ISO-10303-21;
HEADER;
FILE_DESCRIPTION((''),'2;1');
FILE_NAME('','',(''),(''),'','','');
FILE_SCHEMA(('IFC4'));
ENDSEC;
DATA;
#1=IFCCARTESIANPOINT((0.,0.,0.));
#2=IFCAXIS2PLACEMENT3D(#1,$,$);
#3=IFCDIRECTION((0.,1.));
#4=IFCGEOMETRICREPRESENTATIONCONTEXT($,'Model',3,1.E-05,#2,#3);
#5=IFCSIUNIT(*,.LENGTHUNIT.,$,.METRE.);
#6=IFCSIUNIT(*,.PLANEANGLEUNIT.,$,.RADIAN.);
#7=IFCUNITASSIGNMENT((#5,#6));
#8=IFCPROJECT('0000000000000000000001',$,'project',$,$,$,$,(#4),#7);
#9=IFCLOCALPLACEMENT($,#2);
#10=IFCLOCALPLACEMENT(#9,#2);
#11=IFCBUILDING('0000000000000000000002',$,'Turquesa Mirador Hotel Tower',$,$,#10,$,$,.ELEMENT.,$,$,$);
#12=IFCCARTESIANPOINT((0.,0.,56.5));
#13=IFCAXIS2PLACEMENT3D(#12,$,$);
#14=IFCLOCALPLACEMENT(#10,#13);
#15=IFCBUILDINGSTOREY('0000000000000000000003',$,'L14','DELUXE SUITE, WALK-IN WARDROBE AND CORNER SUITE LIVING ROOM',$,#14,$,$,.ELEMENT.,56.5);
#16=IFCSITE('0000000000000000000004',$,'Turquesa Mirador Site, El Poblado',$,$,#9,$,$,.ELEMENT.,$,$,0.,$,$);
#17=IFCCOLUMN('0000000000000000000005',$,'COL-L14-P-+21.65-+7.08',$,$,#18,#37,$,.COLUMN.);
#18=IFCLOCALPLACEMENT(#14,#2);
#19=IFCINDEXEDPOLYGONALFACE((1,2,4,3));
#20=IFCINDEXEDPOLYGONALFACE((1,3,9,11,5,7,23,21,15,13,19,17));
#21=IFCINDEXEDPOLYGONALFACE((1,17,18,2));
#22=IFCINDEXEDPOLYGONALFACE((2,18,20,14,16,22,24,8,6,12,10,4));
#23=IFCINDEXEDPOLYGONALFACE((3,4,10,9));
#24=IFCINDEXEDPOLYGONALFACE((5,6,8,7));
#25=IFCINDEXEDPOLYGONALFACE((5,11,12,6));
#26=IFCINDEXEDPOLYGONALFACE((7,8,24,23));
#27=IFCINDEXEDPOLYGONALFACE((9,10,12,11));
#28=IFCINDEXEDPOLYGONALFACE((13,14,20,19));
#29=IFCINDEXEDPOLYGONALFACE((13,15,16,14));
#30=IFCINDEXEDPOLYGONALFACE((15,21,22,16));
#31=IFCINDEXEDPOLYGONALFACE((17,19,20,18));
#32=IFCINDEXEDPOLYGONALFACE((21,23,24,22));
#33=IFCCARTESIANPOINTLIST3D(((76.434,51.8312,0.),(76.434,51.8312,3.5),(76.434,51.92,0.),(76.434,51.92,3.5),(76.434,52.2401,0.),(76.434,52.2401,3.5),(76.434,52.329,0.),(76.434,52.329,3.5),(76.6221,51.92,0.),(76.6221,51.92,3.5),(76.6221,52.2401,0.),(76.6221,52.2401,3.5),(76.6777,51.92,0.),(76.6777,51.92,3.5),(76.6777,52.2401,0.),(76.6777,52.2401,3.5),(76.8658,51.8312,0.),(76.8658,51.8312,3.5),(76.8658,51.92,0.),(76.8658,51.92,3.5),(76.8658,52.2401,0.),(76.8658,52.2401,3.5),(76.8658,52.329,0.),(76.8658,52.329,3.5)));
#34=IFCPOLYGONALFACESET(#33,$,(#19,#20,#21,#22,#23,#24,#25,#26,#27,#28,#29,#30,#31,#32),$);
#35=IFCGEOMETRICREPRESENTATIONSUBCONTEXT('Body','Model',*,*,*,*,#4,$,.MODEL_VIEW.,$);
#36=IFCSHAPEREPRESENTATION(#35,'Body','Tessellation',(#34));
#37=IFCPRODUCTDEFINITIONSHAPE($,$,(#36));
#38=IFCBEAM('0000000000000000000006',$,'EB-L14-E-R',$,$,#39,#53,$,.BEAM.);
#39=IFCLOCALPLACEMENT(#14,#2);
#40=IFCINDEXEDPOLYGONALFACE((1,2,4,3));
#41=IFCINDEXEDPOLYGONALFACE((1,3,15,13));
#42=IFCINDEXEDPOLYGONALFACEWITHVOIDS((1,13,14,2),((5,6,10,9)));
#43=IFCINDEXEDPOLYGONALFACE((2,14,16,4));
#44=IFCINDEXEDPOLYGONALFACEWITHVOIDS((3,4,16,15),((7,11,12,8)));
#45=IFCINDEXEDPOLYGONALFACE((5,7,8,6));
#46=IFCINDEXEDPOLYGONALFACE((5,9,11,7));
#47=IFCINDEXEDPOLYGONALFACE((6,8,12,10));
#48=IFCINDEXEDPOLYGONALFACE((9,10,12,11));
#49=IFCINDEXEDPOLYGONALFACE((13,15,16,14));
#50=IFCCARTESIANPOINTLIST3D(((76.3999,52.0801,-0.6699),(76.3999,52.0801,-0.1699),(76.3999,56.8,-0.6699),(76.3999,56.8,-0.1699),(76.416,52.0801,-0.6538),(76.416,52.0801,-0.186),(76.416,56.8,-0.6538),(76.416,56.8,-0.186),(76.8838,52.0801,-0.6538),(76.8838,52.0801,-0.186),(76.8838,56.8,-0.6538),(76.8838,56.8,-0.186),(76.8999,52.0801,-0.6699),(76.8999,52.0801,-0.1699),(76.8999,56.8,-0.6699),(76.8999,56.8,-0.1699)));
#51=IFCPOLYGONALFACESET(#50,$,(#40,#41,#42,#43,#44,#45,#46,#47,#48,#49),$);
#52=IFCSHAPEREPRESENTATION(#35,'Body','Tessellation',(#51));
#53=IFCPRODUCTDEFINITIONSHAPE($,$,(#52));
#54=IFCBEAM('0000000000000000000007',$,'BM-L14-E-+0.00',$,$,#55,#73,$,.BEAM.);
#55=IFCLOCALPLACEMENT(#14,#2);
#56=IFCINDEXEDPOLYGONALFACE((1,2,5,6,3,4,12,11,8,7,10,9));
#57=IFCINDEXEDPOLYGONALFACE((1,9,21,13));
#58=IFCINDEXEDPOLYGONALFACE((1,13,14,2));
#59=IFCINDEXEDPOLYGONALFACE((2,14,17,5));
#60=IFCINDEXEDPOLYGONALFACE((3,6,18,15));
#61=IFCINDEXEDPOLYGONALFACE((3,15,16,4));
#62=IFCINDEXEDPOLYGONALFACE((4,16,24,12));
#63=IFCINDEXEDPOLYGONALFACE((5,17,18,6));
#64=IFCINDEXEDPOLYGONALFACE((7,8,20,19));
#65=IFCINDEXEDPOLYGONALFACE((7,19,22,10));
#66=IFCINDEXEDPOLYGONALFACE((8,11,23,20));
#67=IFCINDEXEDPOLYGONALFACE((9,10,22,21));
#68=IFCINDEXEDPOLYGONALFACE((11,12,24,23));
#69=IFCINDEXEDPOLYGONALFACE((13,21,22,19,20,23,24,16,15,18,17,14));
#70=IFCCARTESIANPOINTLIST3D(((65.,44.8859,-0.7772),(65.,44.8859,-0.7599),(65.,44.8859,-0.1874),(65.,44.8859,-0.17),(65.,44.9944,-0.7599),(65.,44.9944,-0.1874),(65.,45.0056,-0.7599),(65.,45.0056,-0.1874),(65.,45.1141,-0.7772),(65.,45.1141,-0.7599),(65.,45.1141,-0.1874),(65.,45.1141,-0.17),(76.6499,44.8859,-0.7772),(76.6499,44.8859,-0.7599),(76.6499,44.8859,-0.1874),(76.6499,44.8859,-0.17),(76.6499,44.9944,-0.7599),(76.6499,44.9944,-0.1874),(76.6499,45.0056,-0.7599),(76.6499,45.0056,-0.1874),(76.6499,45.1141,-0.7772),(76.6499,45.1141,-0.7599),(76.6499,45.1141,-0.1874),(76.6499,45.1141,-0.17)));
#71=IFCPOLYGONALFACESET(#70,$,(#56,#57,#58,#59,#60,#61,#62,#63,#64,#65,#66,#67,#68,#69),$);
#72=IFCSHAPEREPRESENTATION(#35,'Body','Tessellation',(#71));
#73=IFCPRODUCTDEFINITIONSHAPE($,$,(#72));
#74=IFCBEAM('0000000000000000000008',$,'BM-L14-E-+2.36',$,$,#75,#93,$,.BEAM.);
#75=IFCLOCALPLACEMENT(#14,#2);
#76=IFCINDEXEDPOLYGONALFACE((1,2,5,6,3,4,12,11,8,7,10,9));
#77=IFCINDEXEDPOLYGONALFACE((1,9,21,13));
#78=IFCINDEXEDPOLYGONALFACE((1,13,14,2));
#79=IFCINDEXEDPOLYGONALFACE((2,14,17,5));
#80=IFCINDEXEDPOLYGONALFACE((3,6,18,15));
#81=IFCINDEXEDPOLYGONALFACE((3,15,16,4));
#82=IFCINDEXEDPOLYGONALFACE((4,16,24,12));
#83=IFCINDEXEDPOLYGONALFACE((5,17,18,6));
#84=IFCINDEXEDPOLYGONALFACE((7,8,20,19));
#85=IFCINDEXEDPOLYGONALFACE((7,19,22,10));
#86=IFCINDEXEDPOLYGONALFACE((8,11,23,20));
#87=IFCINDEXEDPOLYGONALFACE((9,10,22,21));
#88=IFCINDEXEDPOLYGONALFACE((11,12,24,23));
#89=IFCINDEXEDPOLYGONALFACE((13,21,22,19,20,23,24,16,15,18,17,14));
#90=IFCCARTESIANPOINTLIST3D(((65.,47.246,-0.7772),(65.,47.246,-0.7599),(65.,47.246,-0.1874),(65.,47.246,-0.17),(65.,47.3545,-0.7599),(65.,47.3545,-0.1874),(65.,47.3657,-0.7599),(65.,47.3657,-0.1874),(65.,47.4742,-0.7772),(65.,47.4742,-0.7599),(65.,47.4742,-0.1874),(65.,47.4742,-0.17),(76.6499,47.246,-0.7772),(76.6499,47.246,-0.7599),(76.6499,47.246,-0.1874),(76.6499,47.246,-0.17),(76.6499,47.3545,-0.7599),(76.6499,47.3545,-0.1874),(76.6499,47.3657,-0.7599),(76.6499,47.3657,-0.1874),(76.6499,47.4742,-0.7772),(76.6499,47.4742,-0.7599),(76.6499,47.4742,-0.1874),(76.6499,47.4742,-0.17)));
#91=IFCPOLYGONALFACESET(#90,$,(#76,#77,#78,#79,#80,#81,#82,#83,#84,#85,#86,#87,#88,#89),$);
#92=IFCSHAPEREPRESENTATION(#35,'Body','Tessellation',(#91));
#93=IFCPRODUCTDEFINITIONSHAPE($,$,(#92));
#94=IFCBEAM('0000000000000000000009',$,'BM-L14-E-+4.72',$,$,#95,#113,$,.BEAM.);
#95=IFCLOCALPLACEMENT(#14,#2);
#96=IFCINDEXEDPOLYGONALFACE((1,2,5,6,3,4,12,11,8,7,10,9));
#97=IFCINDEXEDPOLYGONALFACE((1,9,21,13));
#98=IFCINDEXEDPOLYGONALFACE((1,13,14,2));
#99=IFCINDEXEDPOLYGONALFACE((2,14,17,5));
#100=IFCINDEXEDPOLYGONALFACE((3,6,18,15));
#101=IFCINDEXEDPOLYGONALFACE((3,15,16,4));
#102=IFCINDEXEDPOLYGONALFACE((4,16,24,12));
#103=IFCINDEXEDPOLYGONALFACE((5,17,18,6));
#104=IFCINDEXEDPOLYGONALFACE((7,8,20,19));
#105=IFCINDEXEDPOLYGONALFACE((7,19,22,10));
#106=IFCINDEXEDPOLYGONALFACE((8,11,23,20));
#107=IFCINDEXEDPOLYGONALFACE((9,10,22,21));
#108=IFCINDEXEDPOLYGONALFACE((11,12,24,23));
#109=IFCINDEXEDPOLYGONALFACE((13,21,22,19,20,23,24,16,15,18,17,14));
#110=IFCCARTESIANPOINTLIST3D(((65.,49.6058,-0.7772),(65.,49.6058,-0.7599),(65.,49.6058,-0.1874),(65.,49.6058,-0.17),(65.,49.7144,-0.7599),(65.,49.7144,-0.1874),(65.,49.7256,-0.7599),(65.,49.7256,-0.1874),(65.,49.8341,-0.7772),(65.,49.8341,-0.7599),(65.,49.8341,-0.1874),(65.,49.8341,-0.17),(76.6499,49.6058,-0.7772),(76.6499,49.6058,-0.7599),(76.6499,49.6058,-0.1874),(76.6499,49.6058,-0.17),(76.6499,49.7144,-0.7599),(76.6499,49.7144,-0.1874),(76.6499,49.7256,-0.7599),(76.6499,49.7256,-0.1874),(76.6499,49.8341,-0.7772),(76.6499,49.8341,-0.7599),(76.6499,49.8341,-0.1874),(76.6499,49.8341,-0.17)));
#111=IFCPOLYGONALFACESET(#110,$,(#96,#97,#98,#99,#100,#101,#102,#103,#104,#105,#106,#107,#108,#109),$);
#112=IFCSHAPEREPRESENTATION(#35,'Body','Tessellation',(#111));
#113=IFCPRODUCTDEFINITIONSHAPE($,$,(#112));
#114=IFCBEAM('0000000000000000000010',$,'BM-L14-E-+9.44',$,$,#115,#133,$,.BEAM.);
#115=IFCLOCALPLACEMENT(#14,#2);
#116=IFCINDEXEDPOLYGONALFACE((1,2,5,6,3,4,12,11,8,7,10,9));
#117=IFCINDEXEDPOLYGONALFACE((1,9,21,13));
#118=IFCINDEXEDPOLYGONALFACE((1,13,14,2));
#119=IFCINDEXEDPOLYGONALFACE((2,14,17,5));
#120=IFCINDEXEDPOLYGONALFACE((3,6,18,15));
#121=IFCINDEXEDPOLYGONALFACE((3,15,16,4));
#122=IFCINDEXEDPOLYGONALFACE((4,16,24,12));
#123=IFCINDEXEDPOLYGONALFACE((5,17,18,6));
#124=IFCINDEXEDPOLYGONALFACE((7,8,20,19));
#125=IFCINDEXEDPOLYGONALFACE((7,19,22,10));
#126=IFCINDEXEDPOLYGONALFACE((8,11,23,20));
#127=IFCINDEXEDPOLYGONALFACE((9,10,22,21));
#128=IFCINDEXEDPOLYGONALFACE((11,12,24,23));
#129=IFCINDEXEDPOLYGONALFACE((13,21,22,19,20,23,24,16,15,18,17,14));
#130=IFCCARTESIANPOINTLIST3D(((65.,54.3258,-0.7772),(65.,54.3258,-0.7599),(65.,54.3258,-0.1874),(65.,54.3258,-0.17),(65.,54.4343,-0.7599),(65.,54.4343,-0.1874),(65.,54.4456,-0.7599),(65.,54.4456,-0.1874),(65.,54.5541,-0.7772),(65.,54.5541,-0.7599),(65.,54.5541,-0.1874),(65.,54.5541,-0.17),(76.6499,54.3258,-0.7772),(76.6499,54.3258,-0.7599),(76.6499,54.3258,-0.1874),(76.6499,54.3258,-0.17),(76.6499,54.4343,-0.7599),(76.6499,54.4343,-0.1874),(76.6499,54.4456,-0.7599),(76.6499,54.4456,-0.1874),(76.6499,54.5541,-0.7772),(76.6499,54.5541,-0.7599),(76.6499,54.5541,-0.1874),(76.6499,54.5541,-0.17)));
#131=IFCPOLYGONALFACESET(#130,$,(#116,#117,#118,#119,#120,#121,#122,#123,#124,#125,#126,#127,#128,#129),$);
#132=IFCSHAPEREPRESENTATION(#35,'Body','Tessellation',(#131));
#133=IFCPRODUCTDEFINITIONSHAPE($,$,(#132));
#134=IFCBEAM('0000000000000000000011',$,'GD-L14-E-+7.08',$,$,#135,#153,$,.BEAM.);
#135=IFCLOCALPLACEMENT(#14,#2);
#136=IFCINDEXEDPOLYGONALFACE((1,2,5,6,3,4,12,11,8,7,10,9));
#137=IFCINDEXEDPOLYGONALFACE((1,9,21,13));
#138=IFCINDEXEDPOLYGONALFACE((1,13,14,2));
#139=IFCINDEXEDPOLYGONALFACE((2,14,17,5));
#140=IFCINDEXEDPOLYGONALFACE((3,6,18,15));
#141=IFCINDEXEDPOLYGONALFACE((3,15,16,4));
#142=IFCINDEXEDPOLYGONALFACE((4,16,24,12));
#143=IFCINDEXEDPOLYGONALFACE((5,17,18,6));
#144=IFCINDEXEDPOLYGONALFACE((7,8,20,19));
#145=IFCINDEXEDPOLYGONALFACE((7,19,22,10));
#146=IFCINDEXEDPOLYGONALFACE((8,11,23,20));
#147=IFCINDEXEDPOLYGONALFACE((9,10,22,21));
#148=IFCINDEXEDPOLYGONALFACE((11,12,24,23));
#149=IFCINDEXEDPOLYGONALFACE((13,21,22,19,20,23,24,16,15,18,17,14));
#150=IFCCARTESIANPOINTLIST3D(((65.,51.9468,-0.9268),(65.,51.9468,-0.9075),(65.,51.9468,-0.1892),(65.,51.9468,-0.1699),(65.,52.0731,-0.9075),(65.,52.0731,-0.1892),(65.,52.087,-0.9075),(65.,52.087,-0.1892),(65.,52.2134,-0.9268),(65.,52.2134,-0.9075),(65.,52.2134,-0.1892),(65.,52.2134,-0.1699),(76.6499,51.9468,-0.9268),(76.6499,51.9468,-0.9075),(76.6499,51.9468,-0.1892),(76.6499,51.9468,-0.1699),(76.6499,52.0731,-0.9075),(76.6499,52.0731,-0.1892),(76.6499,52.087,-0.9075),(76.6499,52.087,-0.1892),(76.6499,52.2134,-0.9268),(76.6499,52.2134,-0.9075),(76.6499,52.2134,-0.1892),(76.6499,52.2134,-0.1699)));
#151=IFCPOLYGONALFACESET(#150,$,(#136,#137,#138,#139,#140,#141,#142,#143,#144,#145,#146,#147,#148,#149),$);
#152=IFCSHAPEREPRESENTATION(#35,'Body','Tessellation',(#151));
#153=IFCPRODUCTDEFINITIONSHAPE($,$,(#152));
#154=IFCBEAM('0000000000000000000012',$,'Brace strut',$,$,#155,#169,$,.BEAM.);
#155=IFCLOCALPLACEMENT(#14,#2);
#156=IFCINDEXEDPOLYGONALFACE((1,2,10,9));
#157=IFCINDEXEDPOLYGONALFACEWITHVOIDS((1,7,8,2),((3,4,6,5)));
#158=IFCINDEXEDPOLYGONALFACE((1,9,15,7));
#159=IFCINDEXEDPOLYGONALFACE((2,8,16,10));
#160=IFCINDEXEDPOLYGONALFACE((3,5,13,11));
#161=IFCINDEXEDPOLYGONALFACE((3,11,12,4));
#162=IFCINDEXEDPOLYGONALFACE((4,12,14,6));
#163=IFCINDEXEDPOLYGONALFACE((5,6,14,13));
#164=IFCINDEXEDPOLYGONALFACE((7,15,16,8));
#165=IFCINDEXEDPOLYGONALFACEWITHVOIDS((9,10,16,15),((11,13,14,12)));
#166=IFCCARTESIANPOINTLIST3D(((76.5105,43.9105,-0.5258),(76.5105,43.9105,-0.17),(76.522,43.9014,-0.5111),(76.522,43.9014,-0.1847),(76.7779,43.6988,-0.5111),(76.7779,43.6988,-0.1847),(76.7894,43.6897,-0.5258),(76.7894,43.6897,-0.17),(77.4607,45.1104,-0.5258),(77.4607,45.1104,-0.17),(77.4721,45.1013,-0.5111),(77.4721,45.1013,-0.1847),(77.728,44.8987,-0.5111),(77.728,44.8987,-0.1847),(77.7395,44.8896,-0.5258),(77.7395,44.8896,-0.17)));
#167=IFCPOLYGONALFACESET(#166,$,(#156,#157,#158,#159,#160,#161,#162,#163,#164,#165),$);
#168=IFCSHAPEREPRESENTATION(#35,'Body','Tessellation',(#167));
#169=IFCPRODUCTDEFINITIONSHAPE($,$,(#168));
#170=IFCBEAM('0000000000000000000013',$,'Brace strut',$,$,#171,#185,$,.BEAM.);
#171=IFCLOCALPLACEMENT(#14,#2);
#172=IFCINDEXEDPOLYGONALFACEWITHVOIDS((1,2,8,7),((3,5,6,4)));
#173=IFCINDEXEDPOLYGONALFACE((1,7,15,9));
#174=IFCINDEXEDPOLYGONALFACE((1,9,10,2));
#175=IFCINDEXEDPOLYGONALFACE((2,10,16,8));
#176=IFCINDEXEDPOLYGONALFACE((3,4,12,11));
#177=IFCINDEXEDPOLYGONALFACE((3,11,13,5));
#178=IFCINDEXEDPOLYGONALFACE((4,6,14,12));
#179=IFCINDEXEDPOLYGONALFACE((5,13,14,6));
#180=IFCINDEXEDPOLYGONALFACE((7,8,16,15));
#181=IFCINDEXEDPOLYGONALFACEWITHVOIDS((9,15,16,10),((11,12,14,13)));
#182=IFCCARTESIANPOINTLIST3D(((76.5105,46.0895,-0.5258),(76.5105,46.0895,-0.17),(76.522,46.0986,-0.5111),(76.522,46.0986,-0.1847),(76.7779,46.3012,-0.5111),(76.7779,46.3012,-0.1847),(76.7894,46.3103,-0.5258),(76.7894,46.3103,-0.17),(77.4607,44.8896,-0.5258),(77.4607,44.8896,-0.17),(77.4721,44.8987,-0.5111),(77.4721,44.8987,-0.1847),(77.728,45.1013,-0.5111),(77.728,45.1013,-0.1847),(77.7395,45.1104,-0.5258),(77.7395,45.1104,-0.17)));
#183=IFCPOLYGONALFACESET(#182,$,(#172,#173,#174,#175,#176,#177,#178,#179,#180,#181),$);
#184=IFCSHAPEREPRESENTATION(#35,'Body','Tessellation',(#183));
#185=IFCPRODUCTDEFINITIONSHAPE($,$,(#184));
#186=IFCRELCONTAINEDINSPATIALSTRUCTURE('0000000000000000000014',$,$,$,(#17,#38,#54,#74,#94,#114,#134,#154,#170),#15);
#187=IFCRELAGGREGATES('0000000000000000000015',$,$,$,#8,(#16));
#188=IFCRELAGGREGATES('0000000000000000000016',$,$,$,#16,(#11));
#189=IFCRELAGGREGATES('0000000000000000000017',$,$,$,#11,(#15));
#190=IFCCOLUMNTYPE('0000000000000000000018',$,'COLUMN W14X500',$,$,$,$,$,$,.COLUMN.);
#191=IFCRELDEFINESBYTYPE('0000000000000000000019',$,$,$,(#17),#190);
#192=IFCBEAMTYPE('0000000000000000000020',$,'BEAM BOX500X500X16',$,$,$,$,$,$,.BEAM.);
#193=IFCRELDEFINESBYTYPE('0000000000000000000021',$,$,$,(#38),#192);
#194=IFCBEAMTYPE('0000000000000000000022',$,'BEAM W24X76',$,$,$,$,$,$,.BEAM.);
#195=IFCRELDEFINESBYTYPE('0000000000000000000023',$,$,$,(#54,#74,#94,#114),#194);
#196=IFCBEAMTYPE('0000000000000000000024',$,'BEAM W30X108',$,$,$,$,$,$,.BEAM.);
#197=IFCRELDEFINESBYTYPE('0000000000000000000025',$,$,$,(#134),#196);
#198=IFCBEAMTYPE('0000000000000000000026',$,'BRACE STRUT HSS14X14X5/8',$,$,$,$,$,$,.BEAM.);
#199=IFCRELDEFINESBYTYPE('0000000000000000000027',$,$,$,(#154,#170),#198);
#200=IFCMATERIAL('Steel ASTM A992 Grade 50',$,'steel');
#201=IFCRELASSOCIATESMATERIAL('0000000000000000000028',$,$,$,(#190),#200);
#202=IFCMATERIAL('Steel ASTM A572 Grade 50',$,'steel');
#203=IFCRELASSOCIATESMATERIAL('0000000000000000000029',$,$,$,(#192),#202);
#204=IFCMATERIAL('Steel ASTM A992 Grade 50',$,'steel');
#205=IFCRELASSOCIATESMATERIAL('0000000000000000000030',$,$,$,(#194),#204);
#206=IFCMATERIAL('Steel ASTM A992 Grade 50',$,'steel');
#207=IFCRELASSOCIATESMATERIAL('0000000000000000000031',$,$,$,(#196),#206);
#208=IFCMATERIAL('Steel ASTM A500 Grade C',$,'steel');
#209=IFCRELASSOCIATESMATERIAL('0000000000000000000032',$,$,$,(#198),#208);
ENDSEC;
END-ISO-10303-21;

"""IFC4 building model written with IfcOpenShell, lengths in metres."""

from ifc_helpers import new_model, si_unit, direction, frame, origin, origin_2d, place, context, subcontext, project, spatial, hollow_rectangle, i_section, extrude, material, material_profile, profile_set, type_object, element, save


model = new_model("IFC4")

# Units and contexts
model_context = context("Model", 3, precision=1e-05, world=origin(), true_north=direction((0.0, 1.0)))
body_context = subcontext(model_context, "Body", "Model", "MODEL_VIEW")
ifc_project = project(units=[si_unit("LENGTHUNIT", "METRE"), si_unit("PLANEANGLEUNIT", "RADIAN")], contexts=[model_context])

# Site, building, storey
site_placement = place(None, origin())
site = spatial("IfcSite", under=ifc_project, at=site_placement, Name="Turquesa Mirador Site, El Poblado", CompositionType="ELEMENT", RefElevation=0.0)
building_placement = place(site_placement, origin())
building = spatial("IfcBuilding", under=site, at=building_placement, Name="Turquesa Mirador Hotel Tower", CompositionType="ELEMENT")
storey_placement = place(building_placement, frame((0.0, 0.0, 56.5)))
storey = spatial("IfcBuildingStorey", under=building, at=storey_placement, Name="L14", Description="DELUXE SUITE, WALK-IN WARDROBE AND CORNER SUITE LIVING ROOM", CompositionType="ELEMENT", Elevation=56.5)

# Column
ifc_material_1 = material(Name="Steel ASTM A992 Grade 50", Category="steel")
ifc_material_profile_1 = material_profile(ifc_material_1, i_section(OverallWidth=0.4319, OverallDepth=0.4978, WebThickness=0.0557, FlangeThickness=0.0889, at=origin_2d()), Name="W14X500")
ifc_profile_set_1 = profile_set([ifc_material_profile_1], Name="Steel ASTM A992 Grade 50")
column_type = type_object("IfcColumnType", Name="COLUMN W14X500", PredefinedType="COLUMN", material=ifc_profile_set_1)
column_placement = place(storey_placement, frame((76.6499, 52.0801, 0.0), z_axis=(0.0, 0.0, 1.0), x_axis=(1.0, 0.0, 0.0)))
element("IfcColumn", 1, at=column_placement, inside=storey, type_object=column_type, Name="COL-L14-P-+21.65-+7.08", PredefinedType="COLUMN", context=body_context, shape_type="SweptSolid", body=[
    extrude(i_section(OverallWidth=0.4319, OverallDepth=0.4978, WebThickness=0.0557, FlangeThickness=0.0889, at=origin_2d()), origin(), (0.0, 0.0, 1.0), 3.5),
])

# Beams
ifc_material_2 = material(Name="Steel ASTM A572 Grade 50", Category="steel")
ifc_material_profile_2 = material_profile(ifc_material_2, hollow_rectangle(XDim=0.5, YDim=0.5, WallThickness=0.0161, at=origin_2d()), Name="BOX500X500X16")
ifc_profile_set_2 = profile_set([ifc_material_profile_2], Name="Steel ASTM A572 Grade 50")
beam_type_1 = type_object("IfcBeamType", Name="BEAM BOX500X500X16", PredefinedType="BEAM", material=ifc_profile_set_2)
beam_1_placement = place(storey_placement, frame((76.6499, 52.0801, -0.4199), z_axis=(0.0, 1.0, 0.0), x_axis=(-1.0, 0.0, 0.0)))
element("IfcBeam", 2, at=beam_1_placement, inside=storey, type_object=beam_type_1, Name="EB-L14-E-R", PredefinedType="BEAM", context=body_context, shape_type="SweptSolid", body=[
    extrude(hollow_rectangle(XDim=0.5, YDim=0.5, WallThickness=0.0161, at=origin_2d()), origin(), (0.0, 0.0, 1.0), 4.72),
])
ifc_material_3 = material(Name="Steel ASTM A992 Grade 50", Category="steel")
ifc_material_profile_3 = material_profile(ifc_material_3, i_section(OverallWidth=0.2283, OverallDepth=0.6072, WebThickness=0.0112, FlangeThickness=0.0173, at=origin_2d()), Name="W24X76")
ifc_profile_set_3 = profile_set([ifc_material_profile_3], Name="Steel ASTM A992 Grade 50")
beam_type_2 = type_object("IfcBeamType", Name="BEAM W24X76", PredefinedType="BEAM", material=ifc_profile_set_3)
for number, where, z_axis, x_axis, name in (
    (3, (76.6499, 45.0, -0.4736), (-1.0, 0.0, 0.0), (0.0, -1.0, 0.0), "BM-L14-E-+0.00"),
    (4, (76.6499, 47.3601, -0.4736), (-1.0, 0.0, 0.0), (0.0, -1.0, 0.0), "BM-L14-E-+2.36"),
    (5, (76.6499, 49.72, -0.4736), (-1.0, 0.0, 0.0), (0.0, -1.0, 0.0), "BM-L14-E-+4.72"),
    (6, (76.6499, 54.4399, -0.4736), (-1.0, 0.0, 0.0), (0.0, -1.0, 0.0), "BM-L14-E-+9.44"),
):
    element("IfcBeam", number, at=place(storey_placement, frame(where, z_axis=z_axis, x_axis=x_axis)), inside=storey, type_object=beam_type_2, Name=name, PredefinedType="BEAM", context=body_context, shape_type="SweptSolid", body=[
        extrude(i_section(OverallWidth=0.2283, OverallDepth=0.6072, WebThickness=0.0112, FlangeThickness=0.0173, at=origin_2d()), origin(), (0.0, 0.0, 1.0), 11.6499),
    ])
ifc_material_4 = material(Name="Steel ASTM A992 Grade 50", Category="steel")
ifc_material_profile_4 = material_profile(ifc_material_4, i_section(OverallWidth=0.2666, OverallDepth=0.7568, WebThickness=0.0139, FlangeThickness=0.0193, at=origin_2d()), Name="W30X108")
ifc_profile_set_4 = profile_set([ifc_material_profile_4], Name="Steel ASTM A992 Grade 50")
beam_type_3 = type_object("IfcBeamType", Name="BEAM W30X108", PredefinedType="BEAM", material=ifc_profile_set_4)
beam_2_placement = place(storey_placement, frame((76.6499, 52.0801, -0.5483), z_axis=(-1.0, 0.0, 0.0), x_axis=(0.0, -1.0, 0.0)))
element("IfcBeam", 7, at=beam_2_placement, inside=storey, type_object=beam_type_3, Name="GD-L14-E-+7.08", PredefinedType="BEAM", context=body_context, shape_type="SweptSolid", body=[
    extrude(i_section(OverallWidth=0.2666, OverallDepth=0.7568, WebThickness=0.0139, FlangeThickness=0.0193, at=origin_2d()), origin(), (0.0, 0.0, 1.0), 11.6499),
])
ifc_material_5 = material(Name="Steel ASTM A500 Grade C", Category="steel")
ifc_material_profile_5 = material_profile(ifc_material_5, hollow_rectangle(XDim=0.3557, YDim=0.3557, WallThickness=0.0146, at=origin_2d()), Name="HSS14X14X5/8")
ifc_profile_set_5 = profile_set([ifc_material_profile_5], Name="Steel ASTM A500 Grade C")
beam_type_4 = type_object("IfcBeamType", Name="BRACE STRUT HSS14X14X5/8", PredefinedType="BEAM", material=ifc_profile_set_5)
for number, where, z_axis, x_axis, name in (
    (8, (77.6001, 45.0, -0.3479), (-0.620797, -0.783971, 0.0), (0.783971, -0.620797, 0.0), "Brace strut"),
    (9, (77.6001, 45.0, -0.3479), (-0.620797, 0.783971, 0.0), (-0.783971, -0.620797, 0.0), "Brace strut"),
):
    element("IfcBeam", number, at=place(storey_placement, frame(where, z_axis=z_axis, x_axis=x_axis)), inside=storey, type_object=beam_type_4, Name=name, PredefinedType="BEAM", context=body_context, shape_type="SweptSolid", body=[
        extrude(hollow_rectangle(XDim=0.3557, YDim=0.3557, WallThickness=0.0146, at=origin_2d()), origin(), (0.0, 0.0, 1.0), 1.5305),
    ])

save(model, "model.ifc")
